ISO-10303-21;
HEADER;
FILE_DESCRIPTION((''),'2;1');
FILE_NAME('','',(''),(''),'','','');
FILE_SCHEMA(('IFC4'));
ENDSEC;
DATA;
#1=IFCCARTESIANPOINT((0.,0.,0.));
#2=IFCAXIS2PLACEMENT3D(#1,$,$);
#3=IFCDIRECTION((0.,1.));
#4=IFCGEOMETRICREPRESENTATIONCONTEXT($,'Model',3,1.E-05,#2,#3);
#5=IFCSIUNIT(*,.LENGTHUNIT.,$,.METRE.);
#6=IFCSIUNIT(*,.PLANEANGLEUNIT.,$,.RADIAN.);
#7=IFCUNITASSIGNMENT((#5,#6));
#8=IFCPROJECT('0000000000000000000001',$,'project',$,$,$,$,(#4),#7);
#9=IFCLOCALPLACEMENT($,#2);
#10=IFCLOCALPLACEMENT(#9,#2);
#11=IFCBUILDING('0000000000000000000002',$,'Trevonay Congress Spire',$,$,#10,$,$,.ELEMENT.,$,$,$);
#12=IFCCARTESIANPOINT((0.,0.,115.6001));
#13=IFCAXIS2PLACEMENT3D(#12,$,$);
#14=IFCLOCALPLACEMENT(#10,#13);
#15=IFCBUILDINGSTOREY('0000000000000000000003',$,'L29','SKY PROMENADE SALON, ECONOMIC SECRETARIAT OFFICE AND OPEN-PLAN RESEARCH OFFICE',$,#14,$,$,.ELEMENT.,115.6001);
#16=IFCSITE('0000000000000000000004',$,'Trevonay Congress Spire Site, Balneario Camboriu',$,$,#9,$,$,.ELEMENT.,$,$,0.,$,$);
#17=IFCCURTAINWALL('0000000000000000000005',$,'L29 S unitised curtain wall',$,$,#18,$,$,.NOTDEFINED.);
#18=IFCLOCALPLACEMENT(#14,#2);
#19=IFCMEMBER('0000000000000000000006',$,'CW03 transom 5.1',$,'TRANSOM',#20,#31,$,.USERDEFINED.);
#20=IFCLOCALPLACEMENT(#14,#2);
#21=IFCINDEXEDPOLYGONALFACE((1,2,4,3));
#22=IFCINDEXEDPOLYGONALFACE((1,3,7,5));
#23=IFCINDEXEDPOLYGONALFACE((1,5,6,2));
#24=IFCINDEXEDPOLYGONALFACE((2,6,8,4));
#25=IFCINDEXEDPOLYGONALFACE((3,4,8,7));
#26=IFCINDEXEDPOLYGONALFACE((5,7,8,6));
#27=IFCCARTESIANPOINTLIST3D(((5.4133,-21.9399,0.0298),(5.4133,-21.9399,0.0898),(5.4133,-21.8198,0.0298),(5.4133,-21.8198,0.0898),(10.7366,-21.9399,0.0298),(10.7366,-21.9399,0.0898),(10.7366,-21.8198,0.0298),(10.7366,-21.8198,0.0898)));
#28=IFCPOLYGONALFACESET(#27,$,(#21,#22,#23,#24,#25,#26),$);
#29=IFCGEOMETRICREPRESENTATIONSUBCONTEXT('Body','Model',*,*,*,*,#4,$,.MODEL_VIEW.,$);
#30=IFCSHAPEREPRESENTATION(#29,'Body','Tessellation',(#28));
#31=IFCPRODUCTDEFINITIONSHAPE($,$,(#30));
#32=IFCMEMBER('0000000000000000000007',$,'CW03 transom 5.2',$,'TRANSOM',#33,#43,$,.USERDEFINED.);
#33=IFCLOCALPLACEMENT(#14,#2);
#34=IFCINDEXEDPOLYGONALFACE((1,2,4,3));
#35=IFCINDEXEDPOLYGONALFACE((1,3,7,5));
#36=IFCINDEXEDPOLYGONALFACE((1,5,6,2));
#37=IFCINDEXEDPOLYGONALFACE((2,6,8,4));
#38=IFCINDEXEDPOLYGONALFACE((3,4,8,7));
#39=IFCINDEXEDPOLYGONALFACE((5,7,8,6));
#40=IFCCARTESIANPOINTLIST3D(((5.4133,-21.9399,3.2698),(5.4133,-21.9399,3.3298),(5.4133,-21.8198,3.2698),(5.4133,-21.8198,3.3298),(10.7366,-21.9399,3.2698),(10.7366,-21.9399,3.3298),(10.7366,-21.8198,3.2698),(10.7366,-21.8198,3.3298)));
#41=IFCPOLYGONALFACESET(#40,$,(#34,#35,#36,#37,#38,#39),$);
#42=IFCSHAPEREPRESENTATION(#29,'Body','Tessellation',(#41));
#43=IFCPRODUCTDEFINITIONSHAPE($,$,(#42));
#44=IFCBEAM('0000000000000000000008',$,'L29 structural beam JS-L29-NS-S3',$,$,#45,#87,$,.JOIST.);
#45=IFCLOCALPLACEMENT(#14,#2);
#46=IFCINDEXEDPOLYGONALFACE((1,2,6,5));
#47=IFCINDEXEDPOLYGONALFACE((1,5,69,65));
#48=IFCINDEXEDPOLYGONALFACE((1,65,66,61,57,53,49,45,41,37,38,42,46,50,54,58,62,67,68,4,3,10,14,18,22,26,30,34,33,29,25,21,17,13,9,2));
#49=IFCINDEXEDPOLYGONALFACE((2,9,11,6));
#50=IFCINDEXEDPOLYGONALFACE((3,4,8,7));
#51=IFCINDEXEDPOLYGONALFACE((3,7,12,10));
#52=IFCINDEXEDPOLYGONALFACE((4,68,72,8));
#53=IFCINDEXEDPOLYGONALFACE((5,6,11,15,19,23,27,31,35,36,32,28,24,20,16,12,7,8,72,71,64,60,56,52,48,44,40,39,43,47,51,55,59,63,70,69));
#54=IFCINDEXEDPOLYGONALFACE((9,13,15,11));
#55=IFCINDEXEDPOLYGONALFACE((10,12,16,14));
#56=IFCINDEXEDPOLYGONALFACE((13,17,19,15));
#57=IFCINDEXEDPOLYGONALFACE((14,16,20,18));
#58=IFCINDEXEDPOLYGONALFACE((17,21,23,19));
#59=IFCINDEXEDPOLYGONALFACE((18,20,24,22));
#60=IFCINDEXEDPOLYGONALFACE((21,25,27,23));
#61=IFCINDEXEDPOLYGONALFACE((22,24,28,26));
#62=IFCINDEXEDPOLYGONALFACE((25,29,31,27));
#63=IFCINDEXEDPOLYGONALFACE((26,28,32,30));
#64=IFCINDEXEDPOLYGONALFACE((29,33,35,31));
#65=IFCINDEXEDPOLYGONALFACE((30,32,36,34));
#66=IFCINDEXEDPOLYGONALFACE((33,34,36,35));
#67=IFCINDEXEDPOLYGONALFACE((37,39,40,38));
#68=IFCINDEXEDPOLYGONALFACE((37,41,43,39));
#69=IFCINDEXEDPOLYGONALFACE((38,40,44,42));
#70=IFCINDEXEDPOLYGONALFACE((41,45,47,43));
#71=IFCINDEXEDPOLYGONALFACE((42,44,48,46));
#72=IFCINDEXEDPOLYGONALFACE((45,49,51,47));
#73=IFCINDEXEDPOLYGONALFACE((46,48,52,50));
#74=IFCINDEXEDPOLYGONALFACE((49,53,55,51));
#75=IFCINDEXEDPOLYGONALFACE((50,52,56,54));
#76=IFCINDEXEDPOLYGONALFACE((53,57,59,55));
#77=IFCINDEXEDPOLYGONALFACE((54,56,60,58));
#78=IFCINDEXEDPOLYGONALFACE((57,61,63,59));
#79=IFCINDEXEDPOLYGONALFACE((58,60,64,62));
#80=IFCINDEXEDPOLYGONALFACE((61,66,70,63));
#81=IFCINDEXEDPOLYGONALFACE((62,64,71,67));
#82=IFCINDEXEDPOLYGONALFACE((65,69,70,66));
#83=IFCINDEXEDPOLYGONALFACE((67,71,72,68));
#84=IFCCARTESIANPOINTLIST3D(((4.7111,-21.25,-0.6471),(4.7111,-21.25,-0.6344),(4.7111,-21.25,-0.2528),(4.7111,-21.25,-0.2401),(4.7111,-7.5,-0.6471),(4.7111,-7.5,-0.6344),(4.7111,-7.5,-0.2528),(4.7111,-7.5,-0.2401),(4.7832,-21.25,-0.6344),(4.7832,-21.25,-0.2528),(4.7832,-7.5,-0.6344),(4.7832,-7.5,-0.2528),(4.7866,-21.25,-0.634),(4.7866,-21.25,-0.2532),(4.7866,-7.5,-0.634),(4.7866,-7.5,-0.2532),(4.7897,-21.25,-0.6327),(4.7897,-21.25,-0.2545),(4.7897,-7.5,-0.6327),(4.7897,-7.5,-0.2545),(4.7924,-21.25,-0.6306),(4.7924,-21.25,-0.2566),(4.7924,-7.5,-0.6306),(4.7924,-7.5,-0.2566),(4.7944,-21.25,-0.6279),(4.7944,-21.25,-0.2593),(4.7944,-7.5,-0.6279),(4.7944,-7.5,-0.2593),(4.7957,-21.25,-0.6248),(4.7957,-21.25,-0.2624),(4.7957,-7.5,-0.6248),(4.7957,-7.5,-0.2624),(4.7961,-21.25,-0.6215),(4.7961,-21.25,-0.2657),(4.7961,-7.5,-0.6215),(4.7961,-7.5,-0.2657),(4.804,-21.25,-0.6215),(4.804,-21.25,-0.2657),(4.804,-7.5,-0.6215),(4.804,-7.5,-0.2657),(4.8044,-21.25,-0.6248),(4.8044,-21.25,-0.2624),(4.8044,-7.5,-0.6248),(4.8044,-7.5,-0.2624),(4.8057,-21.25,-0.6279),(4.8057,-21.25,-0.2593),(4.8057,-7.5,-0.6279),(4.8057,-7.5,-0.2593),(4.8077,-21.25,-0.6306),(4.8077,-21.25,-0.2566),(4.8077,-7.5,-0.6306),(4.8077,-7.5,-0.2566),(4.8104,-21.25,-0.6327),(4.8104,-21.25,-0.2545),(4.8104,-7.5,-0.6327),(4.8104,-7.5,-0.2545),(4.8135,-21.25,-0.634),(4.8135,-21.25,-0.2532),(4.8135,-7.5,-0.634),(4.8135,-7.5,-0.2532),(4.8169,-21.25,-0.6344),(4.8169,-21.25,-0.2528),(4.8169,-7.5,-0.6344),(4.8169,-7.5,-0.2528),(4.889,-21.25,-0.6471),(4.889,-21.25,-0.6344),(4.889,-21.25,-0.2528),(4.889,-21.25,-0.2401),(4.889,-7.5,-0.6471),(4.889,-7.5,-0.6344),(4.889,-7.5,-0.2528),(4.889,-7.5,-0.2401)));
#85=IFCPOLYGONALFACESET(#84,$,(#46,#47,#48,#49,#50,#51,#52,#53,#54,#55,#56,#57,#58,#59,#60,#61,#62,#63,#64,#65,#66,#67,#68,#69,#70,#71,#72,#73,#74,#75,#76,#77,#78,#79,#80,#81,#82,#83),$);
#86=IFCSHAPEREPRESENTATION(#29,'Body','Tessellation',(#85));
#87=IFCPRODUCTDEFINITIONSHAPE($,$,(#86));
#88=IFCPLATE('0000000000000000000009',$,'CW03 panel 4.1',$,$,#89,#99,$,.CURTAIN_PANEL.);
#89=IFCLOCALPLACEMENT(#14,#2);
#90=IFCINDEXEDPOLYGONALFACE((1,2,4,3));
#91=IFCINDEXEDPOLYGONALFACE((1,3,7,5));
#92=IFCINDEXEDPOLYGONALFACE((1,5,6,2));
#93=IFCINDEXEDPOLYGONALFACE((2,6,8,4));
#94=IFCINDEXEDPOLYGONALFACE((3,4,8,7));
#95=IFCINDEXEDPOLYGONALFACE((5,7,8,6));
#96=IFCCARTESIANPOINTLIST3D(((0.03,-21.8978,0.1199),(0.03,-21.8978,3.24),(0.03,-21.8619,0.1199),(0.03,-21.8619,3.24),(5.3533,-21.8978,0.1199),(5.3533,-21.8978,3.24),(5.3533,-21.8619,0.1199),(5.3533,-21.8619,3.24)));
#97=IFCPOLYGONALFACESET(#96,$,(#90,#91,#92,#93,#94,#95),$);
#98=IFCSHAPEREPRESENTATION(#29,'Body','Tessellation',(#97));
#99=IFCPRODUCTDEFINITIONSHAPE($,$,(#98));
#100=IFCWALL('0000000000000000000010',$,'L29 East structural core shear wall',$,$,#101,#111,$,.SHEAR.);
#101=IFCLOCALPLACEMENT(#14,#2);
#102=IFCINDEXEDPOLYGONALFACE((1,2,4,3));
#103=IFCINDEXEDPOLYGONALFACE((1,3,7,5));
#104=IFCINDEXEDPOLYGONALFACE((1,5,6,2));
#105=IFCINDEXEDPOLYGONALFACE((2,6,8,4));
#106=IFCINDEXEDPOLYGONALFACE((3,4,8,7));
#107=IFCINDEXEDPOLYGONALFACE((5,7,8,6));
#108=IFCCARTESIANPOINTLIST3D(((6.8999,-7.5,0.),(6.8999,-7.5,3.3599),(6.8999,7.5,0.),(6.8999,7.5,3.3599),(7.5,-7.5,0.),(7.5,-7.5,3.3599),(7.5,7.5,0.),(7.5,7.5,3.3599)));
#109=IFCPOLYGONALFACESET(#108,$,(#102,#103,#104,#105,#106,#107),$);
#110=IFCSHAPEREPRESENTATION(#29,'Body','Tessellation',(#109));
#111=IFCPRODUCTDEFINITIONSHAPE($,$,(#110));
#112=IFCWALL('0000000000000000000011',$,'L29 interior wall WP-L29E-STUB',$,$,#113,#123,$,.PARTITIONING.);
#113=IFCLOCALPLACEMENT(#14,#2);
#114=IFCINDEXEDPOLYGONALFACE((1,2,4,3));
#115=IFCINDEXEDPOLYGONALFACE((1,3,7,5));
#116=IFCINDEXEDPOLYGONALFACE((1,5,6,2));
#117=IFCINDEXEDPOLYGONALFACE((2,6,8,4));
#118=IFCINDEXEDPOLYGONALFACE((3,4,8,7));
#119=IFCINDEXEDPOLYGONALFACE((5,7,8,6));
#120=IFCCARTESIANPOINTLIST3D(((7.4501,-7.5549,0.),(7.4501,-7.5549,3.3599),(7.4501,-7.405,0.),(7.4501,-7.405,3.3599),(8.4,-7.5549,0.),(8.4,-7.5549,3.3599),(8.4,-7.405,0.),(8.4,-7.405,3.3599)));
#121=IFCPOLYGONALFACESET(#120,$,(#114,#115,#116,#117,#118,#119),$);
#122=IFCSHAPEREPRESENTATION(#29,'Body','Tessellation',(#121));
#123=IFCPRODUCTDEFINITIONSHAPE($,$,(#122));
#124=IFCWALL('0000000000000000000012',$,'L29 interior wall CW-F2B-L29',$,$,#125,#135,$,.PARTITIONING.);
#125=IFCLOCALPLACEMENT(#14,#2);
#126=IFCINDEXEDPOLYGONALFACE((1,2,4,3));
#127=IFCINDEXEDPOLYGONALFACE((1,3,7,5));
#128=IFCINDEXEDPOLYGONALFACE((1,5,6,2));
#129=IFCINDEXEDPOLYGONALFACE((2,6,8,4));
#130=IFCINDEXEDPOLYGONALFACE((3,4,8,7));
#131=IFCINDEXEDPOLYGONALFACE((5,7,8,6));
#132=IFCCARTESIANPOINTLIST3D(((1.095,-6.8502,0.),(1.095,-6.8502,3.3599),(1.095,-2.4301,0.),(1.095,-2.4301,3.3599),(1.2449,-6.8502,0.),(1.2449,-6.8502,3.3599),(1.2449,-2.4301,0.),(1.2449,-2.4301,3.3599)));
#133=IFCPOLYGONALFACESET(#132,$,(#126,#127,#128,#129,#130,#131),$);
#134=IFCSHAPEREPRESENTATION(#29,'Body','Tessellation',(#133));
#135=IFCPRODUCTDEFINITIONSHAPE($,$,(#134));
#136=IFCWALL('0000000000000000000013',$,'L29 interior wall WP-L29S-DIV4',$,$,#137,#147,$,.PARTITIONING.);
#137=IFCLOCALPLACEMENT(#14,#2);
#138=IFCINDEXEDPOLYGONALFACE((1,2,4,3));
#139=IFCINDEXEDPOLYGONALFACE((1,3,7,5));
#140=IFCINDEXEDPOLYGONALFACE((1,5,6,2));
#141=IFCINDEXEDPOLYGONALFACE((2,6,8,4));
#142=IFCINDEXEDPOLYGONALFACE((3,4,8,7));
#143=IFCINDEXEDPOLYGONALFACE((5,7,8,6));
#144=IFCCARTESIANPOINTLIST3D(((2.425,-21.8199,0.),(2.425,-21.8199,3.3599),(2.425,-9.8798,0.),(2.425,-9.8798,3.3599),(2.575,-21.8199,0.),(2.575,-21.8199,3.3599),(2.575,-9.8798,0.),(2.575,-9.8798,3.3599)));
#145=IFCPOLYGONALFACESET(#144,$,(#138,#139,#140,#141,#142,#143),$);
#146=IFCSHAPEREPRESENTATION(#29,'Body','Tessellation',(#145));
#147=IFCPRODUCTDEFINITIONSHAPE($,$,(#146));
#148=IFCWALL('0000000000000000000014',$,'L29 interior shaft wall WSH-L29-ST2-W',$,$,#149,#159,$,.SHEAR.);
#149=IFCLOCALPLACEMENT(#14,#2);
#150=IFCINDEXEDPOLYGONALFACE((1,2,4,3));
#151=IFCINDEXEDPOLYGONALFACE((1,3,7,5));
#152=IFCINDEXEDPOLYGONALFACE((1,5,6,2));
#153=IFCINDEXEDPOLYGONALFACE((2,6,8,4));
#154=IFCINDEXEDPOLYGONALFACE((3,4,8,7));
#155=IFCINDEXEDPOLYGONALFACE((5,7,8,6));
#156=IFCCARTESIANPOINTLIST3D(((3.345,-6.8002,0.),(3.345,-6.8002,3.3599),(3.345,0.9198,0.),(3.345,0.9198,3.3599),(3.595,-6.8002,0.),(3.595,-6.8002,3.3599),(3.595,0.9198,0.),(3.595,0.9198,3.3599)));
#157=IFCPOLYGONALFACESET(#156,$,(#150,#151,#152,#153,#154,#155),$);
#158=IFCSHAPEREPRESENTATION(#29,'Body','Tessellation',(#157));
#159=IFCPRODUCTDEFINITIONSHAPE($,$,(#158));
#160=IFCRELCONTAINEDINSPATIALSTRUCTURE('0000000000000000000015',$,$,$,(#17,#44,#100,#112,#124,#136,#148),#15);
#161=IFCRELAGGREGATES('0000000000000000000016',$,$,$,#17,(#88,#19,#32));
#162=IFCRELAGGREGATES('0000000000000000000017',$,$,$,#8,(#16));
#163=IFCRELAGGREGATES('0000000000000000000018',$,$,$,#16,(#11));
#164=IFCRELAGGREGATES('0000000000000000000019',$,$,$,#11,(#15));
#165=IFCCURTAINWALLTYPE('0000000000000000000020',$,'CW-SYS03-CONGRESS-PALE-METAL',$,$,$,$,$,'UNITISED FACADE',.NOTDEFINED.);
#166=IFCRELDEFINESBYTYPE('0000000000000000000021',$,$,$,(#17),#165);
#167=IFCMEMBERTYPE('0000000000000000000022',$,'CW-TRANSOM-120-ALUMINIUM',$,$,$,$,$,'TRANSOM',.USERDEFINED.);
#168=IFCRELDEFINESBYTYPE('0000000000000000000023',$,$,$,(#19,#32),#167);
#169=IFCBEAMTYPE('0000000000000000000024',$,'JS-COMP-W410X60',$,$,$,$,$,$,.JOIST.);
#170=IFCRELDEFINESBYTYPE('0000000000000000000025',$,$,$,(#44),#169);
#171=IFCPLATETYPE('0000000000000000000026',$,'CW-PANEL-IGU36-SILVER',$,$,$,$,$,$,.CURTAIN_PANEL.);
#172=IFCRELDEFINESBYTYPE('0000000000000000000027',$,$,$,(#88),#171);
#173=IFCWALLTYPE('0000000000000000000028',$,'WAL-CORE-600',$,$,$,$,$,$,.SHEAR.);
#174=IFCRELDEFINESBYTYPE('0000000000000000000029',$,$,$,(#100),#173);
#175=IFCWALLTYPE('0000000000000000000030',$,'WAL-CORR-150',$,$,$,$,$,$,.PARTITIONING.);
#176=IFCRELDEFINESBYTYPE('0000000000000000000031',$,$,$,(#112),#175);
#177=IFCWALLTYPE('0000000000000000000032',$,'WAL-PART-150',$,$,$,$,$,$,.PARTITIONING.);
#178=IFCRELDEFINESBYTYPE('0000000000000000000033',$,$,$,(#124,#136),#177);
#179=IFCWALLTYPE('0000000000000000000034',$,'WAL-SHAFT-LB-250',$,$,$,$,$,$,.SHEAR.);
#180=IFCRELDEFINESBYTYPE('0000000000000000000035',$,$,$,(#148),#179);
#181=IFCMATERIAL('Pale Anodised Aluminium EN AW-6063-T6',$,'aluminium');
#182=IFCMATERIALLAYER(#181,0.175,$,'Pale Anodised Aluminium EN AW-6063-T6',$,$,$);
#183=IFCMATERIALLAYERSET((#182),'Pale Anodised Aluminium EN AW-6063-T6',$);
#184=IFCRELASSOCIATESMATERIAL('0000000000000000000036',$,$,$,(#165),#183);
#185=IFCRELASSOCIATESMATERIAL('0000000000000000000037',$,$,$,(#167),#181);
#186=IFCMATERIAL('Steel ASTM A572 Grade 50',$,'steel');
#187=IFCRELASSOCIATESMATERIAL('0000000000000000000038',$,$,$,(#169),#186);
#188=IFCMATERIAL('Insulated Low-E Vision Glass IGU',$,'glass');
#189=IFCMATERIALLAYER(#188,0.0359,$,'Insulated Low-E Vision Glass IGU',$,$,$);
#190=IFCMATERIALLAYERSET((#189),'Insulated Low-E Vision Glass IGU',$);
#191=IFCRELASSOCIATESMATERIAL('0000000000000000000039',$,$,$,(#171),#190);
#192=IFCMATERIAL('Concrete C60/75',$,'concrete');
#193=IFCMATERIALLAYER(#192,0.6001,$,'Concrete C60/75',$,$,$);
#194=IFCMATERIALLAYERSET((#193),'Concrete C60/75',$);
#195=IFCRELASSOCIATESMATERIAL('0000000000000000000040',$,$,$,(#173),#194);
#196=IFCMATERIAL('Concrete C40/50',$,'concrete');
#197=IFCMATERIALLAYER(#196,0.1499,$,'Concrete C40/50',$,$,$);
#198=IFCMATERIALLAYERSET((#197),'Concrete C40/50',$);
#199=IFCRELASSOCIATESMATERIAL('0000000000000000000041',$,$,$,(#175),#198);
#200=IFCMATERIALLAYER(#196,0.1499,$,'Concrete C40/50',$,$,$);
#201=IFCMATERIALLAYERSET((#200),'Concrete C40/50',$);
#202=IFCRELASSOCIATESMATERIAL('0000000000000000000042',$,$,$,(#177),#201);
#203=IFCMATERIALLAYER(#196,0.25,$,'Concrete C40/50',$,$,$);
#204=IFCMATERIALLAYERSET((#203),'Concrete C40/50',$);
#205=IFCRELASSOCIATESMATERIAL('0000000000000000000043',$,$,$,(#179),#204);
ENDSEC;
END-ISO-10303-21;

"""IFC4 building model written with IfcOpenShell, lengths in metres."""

from ifc_helpers import new_model, si_unit, direction, frame, frame_2d, origin, origin_2d, place, context, subcontext, project, spatial, rectangle, i_section, extrude, material, layer, layer_set, material_profile, profile_set, type_object, element, aggregate, save


model = new_model("IFC4")

# Units and contexts
model_context = context("Model", 3, precision=1e-05, world=origin(), true_north=direction((0.0, 1.0)))
body_context = subcontext(model_context, "Body", "Model", "MODEL_VIEW")
ifc_project = project(units=[si_unit("LENGTHUNIT", "METRE"), si_unit("PLANEANGLEUNIT", "RADIAN")], contexts=[model_context])

# Site, building, storey
site_placement = place(None, origin())
site = spatial("IfcSite", under=ifc_project, at=site_placement, Name="Trevonay Congress Spire Site, Balneario Camboriu", CompositionType="ELEMENT", RefElevation=0.0)
building_placement = place(site_placement, origin())
building = spatial("IfcBuilding", under=site, at=building_placement, Name="Trevonay Congress Spire", CompositionType="ELEMENT")
storey_placement = place(building_placement, frame((0.0, 0.0, 115.6001)))
storey = spatial("IfcBuildingStorey", under=building, at=storey_placement, Name="L29", Description="SKY PROMENADE SALON, ECONOMIC SECRETARIAT OFFICE AND OPEN-PLAN RESEARCH OFFICE", CompositionType="ELEMENT", Elevation=115.6001)

# Shared definitions
ifc_material_1 = material(Name="Steel ASTM A572 Grade 50", Category="steel")

# Curtain wall, members
ifc_material_2 = material(Name="Pale Anodised Aluminium EN AW-6063-T6", Category="aluminium")
ifc_layer_1 = layer(ifc_material_2, 0.175, Name="Pale Anodised Aluminium EN AW-6063-T6")
ifc_layer_set_1 = layer_set([ifc_layer_1], Name="Pale Anodised Aluminium EN AW-6063-T6")
curtain_wall_type = type_object("IfcCurtainWallType", Name="CW-SYS03-CONGRESS-PALE-METAL", ElementType="UNITISED FACADE", PredefinedType="NOTDEFINED", material=ifc_layer_set_1)
curtain_wall_placement = place(storey_placement, origin())
curtain_wall = element("IfcCurtainWall", 1, at=curtain_wall_placement, inside=storey, type_object=curtain_wall_type, Name="L29 S unitised curtain wall", PredefinedType="NOTDEFINED")
ifc_material_profile_1 = material_profile(ifc_material_2, rectangle(XDim=0.1201, YDim=0.0601, at=origin_2d()), Name="CW-TRANSOM-120-ALUMINIUM")
ifc_profile_set_1 = profile_set([ifc_material_profile_1], Name="Pale Anodised Aluminium EN AW-6063-T6")
member_type_1 = type_object("IfcMemberType", Name="CW-TRANSOM-120-ALUMINIUM", ElementType="TRANSOM", PredefinedType="USERDEFINED", material=ifc_profile_set_1)
member_1_placement = place(storey_placement, frame((5.4133, -21.8799, 0.0598), z_axis=(1.0, 0.0, 0.0), x_axis=(0.0, 1.0, 0.0)))
member_1 = element("IfcMember", 2, at=member_1_placement, type_object=member_type_1, Name="CW03 transom 5.1", ObjectType="TRANSOM", PredefinedType="USERDEFINED", context=body_context, shape_type="SweptSolid", body=[
    extrude(rectangle(XDim=0.1201, YDim=0.0601, at=origin_2d()), origin(), (0.0, 0.0, 1.0), 5.3232),
])
member_2_placement = place(storey_placement, frame((5.4133, -21.8799, 3.2998), z_axis=(1.0, 0.0, 0.0), x_axis=(0.0, 1.0, 0.0)))
member_2 = element("IfcMember", 3, at=member_2_placement, type_object=member_type_1, Name="CW03 transom 5.2", ObjectType="TRANSOM", PredefinedType="USERDEFINED", context=body_context, shape_type="SweptSolid", body=[
    extrude(rectangle(XDim=0.1201, YDim=0.0601, at=origin_2d()), origin(), (0.0, 0.0, 1.0), 5.3232),
])

# Beam
ifc_material_profile_2 = material_profile(ifc_material_1, i_section(OverallWidth=0.178, OverallDepth=0.407, WebThickness=0.0078, FlangeThickness=0.0127, FilletRadius=0.0129, at=origin_2d()), Name="W410x60")
ifc_profile_set_2 = profile_set([ifc_material_profile_2], Name="Steel ASTM A572 Grade 50")
beam_type_1 = type_object("IfcBeamType", Name="JS-COMP-W410X60", PredefinedType="JOIST", material=ifc_profile_set_2)
beam_1_placement = place(storey_placement, frame((4.8, -21.25, -0.4436), z_axis=(0.0, 1.0, 0.0), x_axis=(-1.0, 0.0, 0.0)))
element("IfcBeam", 4, at=beam_1_placement, inside=storey, type_object=beam_type_1, Name="L29 structural beam JS-L29-NS-S3", PredefinedType="JOIST", context=body_context, shape_type="SweptSolid", body=[
    extrude(i_section(OverallWidth=0.178, OverallDepth=0.407, WebThickness=0.0078, FlangeThickness=0.0127, FilletRadius=0.0129, at=origin_2d()), origin(), (0.0, 0.0, 1.0), 13.75),
])

# Plate
ifc_material_3 = material(Name="Insulated Low-E Vision Glass IGU", Category="glass")
ifc_layer_2 = layer(ifc_material_3, 0.0359, Name="Insulated Low-E Vision Glass IGU")
ifc_layer_set_2 = layer_set([ifc_layer_2], Name="Insulated Low-E Vision Glass IGU")
plate_type = type_object("IfcPlateType", Name="CW-PANEL-IGU36-SILVER", PredefinedType="CURTAIN_PANEL", material=ifc_layer_set_2)
plate_placement = place(storey_placement, frame((2.6917, -21.8799, 0.1199), z_axis=(0.0, 0.0, 1.0), x_axis=(1.0, 0.0, 0.0)))
plate = element("IfcPlate", 5, at=plate_placement, type_object=plate_type, Name="CW03 panel 4.1", PredefinedType="CURTAIN_PANEL", context=body_context, shape_type="SweptSolid", body=[
    extrude(rectangle(XDim=5.3232, YDim=0.0359, at=origin_2d()), origin(), (0.0, 0.0, 1.0), 3.1201),
])
aggregate(curtain_wall, [plate, member_1, member_2])

# Walls
ifc_material_4 = material(Name="Concrete C60/75", Category="concrete")
ifc_layer_3 = layer(ifc_material_4, 0.6001, Name="Concrete C60/75")
ifc_layer_set_3 = layer_set([ifc_layer_3], Name="Concrete C60/75")
wall_type_1 = type_object("IfcWallType", Name="WAL-CORE-600", PredefinedType="SHEAR", material=ifc_layer_set_3)
wall_1_placement = place(storey_placement, frame((7.2, -7.5, 0.0), z_axis=(0.0, 0.0, 1.0), x_axis=(0.0, 1.0, 0.0)))
element("IfcWall", 6, at=wall_1_placement, inside=storey, type_object=wall_type_1, Name="L29 East structural core shear wall", PredefinedType="SHEAR", context=body_context, shape_type="SweptSolid", body=[
    extrude(rectangle(XDim=15.0, YDim=0.6001, at=frame_2d((7.5, 0.0))), origin(), (0.0, 0.0, 1.0), 3.3599),
])
ifc_material_5 = material(Name="Concrete C40/50", Category="concrete")
ifc_layer_4 = layer(ifc_material_5, 0.1499, Name="Concrete C40/50")
ifc_layer_set_4 = layer_set([ifc_layer_4], Name="Concrete C40/50")
wall_type_2 = type_object("IfcWallType", Name="WAL-CORR-150", PredefinedType="PARTITIONING", material=ifc_layer_set_4)
wall_2_placement = place(storey_placement, frame((7.45, -7.48, 0.0), z_axis=(0.0, 0.0, 1.0), x_axis=(1.0, 0.0, 0.0)))
element("IfcWall", 7, at=wall_2_placement, inside=storey, type_object=wall_type_2, Name="L29 interior wall WP-L29E-STUB", PredefinedType="PARTITIONING", context=body_context, shape_type="SweptSolid", body=[
    extrude(rectangle(XDim=0.95, YDim=0.1499, at=frame_2d((0.4751, 0.0))), origin(), (0.0, 0.0, 1.0), 3.3599),
])
ifc_layer_5 = layer(ifc_material_5, 0.1499, Name="Concrete C40/50")
ifc_layer_set_5 = layer_set([ifc_layer_5], Name="Concrete C40/50")
wall_type_3 = type_object("IfcWallType", Name="WAL-PART-150", PredefinedType="PARTITIONING", material=ifc_layer_set_5)
wall_3_placement = place(storey_placement, frame((1.1699, -6.8501, 0.0), z_axis=(0.0, 0.0, 1.0), x_axis=(0.0, 1.0, 0.0)))
element("IfcWall", 8, at=wall_3_placement, inside=storey, type_object=wall_type_3, Name="L29 interior wall CW-F2B-L29", PredefinedType="PARTITIONING", context=body_context, shape_type="SweptSolid", body=[
    extrude(rectangle(XDim=4.4202, YDim=0.1499, at=frame_2d((2.21, 0.0))), origin(), (0.0, 0.0, 1.0), 3.3599),
])
wall_4_placement = place(storey_placement, frame((2.5, -21.8201, 0.0), z_axis=(0.0, 0.0, 1.0), x_axis=(0.0, 1.0, 0.0)))
element("IfcWall", 9, at=wall_4_placement, inside=storey, type_object=wall_type_3, Name="L29 interior wall WP-L29S-DIV4", PredefinedType="PARTITIONING", context=body_context, shape_type="SweptSolid", body=[
    extrude(rectangle(XDim=11.9402, YDim=0.1499, at=frame_2d((5.9702, 0.0))), origin(), (0.0, 0.0, 1.0), 3.3599),
])
ifc_layer_6 = layer(ifc_material_5, 0.25, Name="Concrete C40/50")
ifc_layer_set_6 = layer_set([ifc_layer_6], Name="Concrete C40/50")
wall_type_4 = type_object("IfcWallType", Name="WAL-SHAFT-LB-250", PredefinedType="SHEAR", material=ifc_layer_set_6)
wall_5_placement = place(storey_placement, frame((3.47, -6.8, 0.0), z_axis=(0.0, 0.0, 1.0), x_axis=(0.0, 1.0, 0.0)))
element("IfcWall", 10, at=wall_5_placement, inside=storey, type_object=wall_type_4, Name="L29 interior shaft wall WSH-L29-ST2-W", PredefinedType="SHEAR", context=body_context, shape_type="SweptSolid", body=[
    extrude(rectangle(XDim=7.72, YDim=0.25, at=frame_2d((3.8599, 0.0))), origin(), (0.0, 0.0, 1.0), 3.3599),
])

save(model, "model.ifc")
